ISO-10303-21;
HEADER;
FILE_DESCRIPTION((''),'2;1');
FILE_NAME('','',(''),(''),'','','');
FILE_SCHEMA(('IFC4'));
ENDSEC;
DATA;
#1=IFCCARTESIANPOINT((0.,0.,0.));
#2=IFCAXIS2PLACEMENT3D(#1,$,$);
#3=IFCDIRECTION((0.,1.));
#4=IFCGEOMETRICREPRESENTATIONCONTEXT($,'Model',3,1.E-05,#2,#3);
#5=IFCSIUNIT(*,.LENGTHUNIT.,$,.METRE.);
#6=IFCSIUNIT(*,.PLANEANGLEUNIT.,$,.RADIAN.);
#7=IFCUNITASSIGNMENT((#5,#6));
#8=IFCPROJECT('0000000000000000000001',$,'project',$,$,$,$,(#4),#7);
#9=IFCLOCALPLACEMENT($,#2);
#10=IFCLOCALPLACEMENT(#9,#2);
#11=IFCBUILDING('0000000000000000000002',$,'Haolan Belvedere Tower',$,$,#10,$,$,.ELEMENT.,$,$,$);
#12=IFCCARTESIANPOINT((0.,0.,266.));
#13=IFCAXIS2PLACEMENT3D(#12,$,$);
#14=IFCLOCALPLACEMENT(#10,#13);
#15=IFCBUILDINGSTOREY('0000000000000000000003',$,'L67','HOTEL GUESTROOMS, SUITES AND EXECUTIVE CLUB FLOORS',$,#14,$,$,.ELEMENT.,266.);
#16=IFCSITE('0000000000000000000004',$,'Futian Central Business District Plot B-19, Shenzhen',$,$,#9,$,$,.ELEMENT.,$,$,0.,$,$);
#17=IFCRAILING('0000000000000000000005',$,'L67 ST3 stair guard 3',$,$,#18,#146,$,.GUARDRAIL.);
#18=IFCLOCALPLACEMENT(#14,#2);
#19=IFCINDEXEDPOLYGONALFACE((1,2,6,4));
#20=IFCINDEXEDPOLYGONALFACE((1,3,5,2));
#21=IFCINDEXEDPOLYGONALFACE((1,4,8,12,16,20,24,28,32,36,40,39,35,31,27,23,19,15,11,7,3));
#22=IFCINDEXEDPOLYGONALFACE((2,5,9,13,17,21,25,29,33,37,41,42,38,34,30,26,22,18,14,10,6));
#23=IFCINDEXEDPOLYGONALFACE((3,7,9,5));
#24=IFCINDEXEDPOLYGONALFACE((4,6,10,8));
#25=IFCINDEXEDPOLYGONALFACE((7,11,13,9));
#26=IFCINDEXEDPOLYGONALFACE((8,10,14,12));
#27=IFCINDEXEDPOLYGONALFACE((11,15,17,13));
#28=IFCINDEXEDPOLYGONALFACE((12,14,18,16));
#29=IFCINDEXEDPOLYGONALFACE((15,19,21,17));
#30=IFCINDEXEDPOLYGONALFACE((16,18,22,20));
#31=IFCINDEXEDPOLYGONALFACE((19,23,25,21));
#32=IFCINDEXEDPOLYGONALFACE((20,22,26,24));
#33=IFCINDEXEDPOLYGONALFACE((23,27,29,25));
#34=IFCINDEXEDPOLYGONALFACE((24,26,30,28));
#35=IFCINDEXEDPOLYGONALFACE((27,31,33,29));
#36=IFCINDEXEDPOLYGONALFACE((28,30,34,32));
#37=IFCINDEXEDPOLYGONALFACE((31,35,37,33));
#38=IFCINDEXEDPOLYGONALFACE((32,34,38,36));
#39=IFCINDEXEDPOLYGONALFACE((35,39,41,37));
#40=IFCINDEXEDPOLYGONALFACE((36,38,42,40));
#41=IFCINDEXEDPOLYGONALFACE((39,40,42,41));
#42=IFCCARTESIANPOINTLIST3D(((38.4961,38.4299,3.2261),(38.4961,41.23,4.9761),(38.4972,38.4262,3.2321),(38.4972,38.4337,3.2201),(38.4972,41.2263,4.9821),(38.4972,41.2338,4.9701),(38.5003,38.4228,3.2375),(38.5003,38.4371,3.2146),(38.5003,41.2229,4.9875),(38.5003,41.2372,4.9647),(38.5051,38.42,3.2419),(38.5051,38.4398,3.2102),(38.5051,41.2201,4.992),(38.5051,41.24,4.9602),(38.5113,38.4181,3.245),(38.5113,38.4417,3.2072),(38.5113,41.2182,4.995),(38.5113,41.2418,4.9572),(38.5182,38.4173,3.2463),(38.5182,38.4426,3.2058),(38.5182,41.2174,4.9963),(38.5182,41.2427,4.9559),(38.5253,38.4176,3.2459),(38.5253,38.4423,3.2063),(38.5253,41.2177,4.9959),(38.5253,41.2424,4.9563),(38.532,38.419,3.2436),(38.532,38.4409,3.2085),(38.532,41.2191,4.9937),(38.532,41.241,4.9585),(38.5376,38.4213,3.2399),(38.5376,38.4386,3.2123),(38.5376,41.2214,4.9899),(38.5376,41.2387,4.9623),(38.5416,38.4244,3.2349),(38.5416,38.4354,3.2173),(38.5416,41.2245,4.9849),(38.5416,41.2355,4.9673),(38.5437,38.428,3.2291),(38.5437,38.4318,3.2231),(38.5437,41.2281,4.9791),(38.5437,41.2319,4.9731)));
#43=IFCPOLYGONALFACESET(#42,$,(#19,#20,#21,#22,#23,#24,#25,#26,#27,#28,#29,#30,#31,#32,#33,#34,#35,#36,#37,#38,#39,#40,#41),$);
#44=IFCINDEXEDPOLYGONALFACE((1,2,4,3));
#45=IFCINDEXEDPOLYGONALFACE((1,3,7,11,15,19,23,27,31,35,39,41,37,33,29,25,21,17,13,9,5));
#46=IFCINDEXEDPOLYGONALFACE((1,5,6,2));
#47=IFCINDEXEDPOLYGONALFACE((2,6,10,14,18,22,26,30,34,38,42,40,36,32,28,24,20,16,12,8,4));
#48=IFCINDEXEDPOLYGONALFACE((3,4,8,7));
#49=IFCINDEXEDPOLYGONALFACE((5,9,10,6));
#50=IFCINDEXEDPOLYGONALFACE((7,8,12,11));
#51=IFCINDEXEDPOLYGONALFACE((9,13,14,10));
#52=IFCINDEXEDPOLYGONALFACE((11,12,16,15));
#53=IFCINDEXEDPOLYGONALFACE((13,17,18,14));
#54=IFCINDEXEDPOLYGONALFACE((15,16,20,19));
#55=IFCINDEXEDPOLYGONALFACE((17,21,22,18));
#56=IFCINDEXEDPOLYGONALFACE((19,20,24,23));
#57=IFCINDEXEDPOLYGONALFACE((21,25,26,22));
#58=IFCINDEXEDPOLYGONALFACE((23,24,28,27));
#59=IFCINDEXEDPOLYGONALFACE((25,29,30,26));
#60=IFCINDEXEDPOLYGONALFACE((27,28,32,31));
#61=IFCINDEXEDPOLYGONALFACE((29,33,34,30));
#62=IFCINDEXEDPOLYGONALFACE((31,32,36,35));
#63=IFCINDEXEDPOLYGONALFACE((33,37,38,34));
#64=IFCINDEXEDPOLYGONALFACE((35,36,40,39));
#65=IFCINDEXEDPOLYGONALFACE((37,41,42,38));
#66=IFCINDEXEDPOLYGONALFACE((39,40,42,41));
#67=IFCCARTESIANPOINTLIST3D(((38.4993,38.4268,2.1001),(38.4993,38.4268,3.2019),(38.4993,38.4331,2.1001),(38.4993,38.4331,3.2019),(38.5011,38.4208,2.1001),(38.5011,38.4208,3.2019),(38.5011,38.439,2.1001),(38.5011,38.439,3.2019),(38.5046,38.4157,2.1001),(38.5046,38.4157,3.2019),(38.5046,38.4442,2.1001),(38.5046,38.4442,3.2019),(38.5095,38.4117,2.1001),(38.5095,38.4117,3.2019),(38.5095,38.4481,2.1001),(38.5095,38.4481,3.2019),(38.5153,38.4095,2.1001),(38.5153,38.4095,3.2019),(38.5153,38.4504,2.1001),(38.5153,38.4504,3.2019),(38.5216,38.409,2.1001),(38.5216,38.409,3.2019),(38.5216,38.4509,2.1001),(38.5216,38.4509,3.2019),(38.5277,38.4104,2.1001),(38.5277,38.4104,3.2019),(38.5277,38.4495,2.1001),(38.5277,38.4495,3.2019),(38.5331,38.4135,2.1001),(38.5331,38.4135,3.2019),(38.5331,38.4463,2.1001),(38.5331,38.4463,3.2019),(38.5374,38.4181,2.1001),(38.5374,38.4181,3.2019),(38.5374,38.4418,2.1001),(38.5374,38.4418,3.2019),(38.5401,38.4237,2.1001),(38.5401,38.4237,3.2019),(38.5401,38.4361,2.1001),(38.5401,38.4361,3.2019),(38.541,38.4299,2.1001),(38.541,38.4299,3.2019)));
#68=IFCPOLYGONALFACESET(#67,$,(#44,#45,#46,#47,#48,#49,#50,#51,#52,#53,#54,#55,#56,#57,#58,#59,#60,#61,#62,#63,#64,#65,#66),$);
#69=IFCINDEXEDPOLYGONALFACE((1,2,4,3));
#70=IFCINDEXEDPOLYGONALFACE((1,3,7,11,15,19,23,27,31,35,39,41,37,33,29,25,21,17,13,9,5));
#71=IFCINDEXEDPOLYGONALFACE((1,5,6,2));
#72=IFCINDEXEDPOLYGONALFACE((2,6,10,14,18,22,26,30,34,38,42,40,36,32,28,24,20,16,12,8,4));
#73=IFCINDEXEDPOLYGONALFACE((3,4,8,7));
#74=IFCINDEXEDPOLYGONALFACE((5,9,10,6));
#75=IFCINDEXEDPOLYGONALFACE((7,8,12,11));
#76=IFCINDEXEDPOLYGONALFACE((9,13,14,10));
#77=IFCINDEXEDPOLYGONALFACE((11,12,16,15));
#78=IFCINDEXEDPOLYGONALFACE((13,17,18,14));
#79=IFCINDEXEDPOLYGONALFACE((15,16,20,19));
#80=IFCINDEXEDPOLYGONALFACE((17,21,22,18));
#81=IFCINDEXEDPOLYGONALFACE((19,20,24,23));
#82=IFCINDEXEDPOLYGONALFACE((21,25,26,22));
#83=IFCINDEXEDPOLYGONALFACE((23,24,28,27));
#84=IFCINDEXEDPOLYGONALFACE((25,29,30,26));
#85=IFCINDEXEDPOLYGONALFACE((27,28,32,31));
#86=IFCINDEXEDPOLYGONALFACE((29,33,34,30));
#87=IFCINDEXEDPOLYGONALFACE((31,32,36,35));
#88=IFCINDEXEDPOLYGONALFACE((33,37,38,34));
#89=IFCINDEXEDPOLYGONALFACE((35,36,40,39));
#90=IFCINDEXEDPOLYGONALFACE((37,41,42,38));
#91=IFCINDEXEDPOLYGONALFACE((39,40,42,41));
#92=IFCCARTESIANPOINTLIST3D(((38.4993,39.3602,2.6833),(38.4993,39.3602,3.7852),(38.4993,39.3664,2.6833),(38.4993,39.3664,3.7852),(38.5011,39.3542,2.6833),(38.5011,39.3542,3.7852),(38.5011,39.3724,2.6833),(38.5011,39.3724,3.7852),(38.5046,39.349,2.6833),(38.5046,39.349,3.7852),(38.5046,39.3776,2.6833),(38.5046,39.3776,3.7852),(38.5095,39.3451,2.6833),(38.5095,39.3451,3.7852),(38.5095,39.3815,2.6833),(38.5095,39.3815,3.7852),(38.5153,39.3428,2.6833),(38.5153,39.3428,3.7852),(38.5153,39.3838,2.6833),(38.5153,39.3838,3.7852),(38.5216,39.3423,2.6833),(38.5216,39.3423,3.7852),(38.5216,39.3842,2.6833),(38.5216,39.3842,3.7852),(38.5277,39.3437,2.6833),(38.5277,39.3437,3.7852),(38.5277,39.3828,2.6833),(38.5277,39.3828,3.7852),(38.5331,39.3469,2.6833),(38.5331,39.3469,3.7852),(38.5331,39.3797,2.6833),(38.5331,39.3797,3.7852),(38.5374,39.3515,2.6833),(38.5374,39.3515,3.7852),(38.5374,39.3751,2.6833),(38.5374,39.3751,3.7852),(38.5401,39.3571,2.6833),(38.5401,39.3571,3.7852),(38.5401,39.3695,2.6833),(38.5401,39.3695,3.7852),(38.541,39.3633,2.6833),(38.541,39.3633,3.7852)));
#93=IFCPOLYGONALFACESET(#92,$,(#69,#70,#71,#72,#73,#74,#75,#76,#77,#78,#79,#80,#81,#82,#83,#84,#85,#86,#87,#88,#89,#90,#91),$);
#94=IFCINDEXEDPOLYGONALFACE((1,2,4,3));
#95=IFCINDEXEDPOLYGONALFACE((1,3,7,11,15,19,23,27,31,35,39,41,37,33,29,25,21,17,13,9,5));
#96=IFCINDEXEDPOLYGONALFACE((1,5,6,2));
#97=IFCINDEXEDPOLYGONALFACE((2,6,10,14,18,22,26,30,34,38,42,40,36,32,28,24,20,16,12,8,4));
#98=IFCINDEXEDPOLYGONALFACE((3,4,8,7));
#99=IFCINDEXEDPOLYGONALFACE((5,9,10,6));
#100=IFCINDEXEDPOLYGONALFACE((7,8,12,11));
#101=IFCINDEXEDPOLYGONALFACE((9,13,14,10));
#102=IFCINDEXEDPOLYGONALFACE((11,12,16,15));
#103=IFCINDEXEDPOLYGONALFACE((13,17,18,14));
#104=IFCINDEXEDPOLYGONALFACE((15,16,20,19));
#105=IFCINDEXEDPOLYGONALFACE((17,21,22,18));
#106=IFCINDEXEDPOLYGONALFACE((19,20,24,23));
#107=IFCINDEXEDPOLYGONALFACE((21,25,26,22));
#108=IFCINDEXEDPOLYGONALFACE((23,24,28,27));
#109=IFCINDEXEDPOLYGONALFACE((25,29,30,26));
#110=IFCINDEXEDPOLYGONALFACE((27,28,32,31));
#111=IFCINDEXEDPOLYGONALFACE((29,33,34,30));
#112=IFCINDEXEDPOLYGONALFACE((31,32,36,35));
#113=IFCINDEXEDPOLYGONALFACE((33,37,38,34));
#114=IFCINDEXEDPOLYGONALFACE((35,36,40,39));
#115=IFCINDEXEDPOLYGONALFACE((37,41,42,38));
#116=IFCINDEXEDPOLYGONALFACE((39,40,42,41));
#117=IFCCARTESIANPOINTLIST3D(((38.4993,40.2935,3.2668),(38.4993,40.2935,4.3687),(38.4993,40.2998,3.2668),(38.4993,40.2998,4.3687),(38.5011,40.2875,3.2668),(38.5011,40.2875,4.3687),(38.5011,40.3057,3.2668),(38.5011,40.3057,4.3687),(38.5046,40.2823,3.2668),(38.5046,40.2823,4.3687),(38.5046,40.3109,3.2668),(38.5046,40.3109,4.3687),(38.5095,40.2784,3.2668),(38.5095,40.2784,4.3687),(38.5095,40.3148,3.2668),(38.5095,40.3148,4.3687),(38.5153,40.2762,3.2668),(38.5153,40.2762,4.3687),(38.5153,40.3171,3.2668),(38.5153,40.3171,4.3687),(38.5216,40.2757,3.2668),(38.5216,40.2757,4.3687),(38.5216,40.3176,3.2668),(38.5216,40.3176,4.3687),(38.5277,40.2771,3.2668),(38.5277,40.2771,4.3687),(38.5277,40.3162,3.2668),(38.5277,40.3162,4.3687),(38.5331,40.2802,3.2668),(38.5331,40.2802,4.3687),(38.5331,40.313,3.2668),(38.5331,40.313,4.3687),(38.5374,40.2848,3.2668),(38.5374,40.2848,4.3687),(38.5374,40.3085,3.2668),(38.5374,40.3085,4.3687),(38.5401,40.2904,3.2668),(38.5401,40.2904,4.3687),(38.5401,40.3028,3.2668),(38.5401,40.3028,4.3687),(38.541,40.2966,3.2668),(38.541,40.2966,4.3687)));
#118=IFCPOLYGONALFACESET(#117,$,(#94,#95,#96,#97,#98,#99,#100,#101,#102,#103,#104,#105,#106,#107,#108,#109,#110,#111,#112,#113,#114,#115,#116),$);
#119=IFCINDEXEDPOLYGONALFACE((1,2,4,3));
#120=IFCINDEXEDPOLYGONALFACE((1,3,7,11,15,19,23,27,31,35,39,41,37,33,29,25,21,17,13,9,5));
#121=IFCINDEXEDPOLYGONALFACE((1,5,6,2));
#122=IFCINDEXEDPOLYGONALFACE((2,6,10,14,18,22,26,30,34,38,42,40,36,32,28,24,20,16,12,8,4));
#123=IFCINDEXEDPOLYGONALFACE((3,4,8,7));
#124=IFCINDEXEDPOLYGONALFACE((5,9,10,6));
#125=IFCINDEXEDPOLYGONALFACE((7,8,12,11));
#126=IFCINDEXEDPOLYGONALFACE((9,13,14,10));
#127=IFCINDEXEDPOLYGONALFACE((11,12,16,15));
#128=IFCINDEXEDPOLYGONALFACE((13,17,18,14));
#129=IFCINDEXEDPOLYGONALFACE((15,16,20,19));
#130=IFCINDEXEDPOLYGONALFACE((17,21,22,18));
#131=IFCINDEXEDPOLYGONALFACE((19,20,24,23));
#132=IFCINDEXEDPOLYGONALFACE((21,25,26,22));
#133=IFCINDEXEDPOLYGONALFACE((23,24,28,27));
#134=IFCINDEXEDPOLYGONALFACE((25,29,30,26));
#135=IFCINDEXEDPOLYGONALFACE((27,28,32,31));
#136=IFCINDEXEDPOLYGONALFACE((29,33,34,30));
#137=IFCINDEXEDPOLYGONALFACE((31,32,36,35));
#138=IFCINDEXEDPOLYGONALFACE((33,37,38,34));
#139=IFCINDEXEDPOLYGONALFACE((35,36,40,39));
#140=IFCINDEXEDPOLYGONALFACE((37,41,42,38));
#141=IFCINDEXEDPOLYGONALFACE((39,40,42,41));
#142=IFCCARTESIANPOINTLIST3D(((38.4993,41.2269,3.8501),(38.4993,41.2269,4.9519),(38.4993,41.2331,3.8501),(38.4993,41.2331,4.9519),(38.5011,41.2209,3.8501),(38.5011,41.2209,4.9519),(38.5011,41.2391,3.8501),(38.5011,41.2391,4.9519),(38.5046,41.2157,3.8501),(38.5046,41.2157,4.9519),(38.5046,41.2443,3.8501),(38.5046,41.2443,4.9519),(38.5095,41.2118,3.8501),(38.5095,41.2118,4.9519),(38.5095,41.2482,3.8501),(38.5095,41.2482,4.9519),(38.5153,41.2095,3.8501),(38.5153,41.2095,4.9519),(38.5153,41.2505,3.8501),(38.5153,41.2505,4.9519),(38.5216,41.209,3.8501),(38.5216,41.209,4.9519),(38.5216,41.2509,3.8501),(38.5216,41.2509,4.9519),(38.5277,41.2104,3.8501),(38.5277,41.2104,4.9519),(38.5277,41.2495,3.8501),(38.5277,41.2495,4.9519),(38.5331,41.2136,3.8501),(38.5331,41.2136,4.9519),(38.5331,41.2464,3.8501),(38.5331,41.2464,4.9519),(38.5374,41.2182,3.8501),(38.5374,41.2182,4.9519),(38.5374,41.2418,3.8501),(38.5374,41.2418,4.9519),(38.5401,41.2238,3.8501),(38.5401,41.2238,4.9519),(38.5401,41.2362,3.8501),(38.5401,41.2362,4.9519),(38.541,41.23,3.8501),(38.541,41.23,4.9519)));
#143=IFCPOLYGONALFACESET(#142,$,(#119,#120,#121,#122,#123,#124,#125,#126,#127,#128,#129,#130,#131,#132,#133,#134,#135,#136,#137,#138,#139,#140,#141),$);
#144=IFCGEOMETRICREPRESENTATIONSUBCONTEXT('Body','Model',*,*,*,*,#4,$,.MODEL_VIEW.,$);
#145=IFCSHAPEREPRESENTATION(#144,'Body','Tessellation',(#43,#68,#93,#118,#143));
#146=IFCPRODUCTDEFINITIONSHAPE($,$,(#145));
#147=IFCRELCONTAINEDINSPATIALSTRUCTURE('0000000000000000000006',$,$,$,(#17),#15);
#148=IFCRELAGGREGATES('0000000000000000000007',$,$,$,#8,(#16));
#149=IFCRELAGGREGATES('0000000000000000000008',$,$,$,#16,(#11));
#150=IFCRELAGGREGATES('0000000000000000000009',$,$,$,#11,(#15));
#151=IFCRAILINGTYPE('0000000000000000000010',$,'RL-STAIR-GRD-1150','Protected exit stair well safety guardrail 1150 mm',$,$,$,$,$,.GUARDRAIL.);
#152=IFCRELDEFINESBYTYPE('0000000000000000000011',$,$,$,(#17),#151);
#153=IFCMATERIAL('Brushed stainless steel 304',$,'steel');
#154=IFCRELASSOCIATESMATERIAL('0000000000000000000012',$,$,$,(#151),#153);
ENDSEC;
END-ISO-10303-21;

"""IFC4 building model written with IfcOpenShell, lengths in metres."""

from ifc_helpers import new_model, si_unit, direction, frame, origin, origin_2d, place, context, subcontext, project, spatial, circle, extrude, material, type_object, element, save


model = new_model("IFC4")

# Units and contexts
model_context = context("Model", 3, precision=1e-05, world=origin(), true_north=direction((0.0, 1.0)))
body_context = subcontext(model_context, "Body", "Model", "MODEL_VIEW")
ifc_project = project(units=[si_unit("LENGTHUNIT", "METRE"), si_unit("PLANEANGLEUNIT", "RADIAN")], contexts=[model_context])

# Site, building, storey
site_placement = place(None, origin())
site = spatial("IfcSite", under=ifc_project, at=site_placement, Name="Futian Central Business District Plot B-19, Shenzhen", CompositionType="ELEMENT", RefElevation=0.0)
building_placement = place(site_placement, origin())
building = spatial("IfcBuilding", under=site, at=building_placement, Name="Haolan Belvedere Tower", CompositionType="ELEMENT")
storey_placement = place(building_placement, frame((0.0, 0.0, 266.0)))
storey = spatial("IfcBuildingStorey", under=building, at=storey_placement, Name="L67", Description="HOTEL GUESTROOMS, SUITES AND EXECUTIVE CLUB FLOORS", CompositionType="ELEMENT", Elevation=266.0)

# Railing
ifc_material_1 = material(Name="Brushed stainless steel 304", Category="steel")
railing_type_1 = type_object("IfcRailingType", Name="RL-STAIR-GRD-1150", Description="Protected exit stair well safety guardrail 1150 mm", PredefinedType="GUARDRAIL", material=ifc_material_1)
railing_1_placement = place(storey_placement, frame((38.52, 38.4299, 2.1001)))
element("IfcRailing", 1, at=railing_1_placement, inside=storey, type_object=railing_type_1, Name="L67 ST3 stair guard 3", PredefinedType="GUARDRAIL", context=body_context, shape_type="SweptSolid", body=[
    extrude(circle(Radius=0.0239, at=origin_2d()), frame((0.0, 0.0, 1.126), z_axis=(0.0, 0.848002, 0.529992), x_axis=(-1.0, 0.0, 0.0)), (0.0, 0.0, 1.0), 3.302),
    extrude(circle(Radius=0.021, at=origin_2d()), origin(), (0.0, 0.0, 1.0), 1.1018),
    extrude(circle(Radius=0.021, at=origin_2d()), frame((0.0, 0.9333, 0.5833)), (0.0, 0.0, 1.0), 1.1018),
    extrude(circle(Radius=0.021, at=origin_2d()), frame((0.0, 1.8667, 1.1667)), (0.0, 0.0, 1.0), 1.1018),
    extrude(circle(Radius=0.021, at=origin_2d()), frame((0.0, 2.8, 1.75)), (0.0, 0.0, 1.0), 1.1018),
])

save(model, "model.ifc")
